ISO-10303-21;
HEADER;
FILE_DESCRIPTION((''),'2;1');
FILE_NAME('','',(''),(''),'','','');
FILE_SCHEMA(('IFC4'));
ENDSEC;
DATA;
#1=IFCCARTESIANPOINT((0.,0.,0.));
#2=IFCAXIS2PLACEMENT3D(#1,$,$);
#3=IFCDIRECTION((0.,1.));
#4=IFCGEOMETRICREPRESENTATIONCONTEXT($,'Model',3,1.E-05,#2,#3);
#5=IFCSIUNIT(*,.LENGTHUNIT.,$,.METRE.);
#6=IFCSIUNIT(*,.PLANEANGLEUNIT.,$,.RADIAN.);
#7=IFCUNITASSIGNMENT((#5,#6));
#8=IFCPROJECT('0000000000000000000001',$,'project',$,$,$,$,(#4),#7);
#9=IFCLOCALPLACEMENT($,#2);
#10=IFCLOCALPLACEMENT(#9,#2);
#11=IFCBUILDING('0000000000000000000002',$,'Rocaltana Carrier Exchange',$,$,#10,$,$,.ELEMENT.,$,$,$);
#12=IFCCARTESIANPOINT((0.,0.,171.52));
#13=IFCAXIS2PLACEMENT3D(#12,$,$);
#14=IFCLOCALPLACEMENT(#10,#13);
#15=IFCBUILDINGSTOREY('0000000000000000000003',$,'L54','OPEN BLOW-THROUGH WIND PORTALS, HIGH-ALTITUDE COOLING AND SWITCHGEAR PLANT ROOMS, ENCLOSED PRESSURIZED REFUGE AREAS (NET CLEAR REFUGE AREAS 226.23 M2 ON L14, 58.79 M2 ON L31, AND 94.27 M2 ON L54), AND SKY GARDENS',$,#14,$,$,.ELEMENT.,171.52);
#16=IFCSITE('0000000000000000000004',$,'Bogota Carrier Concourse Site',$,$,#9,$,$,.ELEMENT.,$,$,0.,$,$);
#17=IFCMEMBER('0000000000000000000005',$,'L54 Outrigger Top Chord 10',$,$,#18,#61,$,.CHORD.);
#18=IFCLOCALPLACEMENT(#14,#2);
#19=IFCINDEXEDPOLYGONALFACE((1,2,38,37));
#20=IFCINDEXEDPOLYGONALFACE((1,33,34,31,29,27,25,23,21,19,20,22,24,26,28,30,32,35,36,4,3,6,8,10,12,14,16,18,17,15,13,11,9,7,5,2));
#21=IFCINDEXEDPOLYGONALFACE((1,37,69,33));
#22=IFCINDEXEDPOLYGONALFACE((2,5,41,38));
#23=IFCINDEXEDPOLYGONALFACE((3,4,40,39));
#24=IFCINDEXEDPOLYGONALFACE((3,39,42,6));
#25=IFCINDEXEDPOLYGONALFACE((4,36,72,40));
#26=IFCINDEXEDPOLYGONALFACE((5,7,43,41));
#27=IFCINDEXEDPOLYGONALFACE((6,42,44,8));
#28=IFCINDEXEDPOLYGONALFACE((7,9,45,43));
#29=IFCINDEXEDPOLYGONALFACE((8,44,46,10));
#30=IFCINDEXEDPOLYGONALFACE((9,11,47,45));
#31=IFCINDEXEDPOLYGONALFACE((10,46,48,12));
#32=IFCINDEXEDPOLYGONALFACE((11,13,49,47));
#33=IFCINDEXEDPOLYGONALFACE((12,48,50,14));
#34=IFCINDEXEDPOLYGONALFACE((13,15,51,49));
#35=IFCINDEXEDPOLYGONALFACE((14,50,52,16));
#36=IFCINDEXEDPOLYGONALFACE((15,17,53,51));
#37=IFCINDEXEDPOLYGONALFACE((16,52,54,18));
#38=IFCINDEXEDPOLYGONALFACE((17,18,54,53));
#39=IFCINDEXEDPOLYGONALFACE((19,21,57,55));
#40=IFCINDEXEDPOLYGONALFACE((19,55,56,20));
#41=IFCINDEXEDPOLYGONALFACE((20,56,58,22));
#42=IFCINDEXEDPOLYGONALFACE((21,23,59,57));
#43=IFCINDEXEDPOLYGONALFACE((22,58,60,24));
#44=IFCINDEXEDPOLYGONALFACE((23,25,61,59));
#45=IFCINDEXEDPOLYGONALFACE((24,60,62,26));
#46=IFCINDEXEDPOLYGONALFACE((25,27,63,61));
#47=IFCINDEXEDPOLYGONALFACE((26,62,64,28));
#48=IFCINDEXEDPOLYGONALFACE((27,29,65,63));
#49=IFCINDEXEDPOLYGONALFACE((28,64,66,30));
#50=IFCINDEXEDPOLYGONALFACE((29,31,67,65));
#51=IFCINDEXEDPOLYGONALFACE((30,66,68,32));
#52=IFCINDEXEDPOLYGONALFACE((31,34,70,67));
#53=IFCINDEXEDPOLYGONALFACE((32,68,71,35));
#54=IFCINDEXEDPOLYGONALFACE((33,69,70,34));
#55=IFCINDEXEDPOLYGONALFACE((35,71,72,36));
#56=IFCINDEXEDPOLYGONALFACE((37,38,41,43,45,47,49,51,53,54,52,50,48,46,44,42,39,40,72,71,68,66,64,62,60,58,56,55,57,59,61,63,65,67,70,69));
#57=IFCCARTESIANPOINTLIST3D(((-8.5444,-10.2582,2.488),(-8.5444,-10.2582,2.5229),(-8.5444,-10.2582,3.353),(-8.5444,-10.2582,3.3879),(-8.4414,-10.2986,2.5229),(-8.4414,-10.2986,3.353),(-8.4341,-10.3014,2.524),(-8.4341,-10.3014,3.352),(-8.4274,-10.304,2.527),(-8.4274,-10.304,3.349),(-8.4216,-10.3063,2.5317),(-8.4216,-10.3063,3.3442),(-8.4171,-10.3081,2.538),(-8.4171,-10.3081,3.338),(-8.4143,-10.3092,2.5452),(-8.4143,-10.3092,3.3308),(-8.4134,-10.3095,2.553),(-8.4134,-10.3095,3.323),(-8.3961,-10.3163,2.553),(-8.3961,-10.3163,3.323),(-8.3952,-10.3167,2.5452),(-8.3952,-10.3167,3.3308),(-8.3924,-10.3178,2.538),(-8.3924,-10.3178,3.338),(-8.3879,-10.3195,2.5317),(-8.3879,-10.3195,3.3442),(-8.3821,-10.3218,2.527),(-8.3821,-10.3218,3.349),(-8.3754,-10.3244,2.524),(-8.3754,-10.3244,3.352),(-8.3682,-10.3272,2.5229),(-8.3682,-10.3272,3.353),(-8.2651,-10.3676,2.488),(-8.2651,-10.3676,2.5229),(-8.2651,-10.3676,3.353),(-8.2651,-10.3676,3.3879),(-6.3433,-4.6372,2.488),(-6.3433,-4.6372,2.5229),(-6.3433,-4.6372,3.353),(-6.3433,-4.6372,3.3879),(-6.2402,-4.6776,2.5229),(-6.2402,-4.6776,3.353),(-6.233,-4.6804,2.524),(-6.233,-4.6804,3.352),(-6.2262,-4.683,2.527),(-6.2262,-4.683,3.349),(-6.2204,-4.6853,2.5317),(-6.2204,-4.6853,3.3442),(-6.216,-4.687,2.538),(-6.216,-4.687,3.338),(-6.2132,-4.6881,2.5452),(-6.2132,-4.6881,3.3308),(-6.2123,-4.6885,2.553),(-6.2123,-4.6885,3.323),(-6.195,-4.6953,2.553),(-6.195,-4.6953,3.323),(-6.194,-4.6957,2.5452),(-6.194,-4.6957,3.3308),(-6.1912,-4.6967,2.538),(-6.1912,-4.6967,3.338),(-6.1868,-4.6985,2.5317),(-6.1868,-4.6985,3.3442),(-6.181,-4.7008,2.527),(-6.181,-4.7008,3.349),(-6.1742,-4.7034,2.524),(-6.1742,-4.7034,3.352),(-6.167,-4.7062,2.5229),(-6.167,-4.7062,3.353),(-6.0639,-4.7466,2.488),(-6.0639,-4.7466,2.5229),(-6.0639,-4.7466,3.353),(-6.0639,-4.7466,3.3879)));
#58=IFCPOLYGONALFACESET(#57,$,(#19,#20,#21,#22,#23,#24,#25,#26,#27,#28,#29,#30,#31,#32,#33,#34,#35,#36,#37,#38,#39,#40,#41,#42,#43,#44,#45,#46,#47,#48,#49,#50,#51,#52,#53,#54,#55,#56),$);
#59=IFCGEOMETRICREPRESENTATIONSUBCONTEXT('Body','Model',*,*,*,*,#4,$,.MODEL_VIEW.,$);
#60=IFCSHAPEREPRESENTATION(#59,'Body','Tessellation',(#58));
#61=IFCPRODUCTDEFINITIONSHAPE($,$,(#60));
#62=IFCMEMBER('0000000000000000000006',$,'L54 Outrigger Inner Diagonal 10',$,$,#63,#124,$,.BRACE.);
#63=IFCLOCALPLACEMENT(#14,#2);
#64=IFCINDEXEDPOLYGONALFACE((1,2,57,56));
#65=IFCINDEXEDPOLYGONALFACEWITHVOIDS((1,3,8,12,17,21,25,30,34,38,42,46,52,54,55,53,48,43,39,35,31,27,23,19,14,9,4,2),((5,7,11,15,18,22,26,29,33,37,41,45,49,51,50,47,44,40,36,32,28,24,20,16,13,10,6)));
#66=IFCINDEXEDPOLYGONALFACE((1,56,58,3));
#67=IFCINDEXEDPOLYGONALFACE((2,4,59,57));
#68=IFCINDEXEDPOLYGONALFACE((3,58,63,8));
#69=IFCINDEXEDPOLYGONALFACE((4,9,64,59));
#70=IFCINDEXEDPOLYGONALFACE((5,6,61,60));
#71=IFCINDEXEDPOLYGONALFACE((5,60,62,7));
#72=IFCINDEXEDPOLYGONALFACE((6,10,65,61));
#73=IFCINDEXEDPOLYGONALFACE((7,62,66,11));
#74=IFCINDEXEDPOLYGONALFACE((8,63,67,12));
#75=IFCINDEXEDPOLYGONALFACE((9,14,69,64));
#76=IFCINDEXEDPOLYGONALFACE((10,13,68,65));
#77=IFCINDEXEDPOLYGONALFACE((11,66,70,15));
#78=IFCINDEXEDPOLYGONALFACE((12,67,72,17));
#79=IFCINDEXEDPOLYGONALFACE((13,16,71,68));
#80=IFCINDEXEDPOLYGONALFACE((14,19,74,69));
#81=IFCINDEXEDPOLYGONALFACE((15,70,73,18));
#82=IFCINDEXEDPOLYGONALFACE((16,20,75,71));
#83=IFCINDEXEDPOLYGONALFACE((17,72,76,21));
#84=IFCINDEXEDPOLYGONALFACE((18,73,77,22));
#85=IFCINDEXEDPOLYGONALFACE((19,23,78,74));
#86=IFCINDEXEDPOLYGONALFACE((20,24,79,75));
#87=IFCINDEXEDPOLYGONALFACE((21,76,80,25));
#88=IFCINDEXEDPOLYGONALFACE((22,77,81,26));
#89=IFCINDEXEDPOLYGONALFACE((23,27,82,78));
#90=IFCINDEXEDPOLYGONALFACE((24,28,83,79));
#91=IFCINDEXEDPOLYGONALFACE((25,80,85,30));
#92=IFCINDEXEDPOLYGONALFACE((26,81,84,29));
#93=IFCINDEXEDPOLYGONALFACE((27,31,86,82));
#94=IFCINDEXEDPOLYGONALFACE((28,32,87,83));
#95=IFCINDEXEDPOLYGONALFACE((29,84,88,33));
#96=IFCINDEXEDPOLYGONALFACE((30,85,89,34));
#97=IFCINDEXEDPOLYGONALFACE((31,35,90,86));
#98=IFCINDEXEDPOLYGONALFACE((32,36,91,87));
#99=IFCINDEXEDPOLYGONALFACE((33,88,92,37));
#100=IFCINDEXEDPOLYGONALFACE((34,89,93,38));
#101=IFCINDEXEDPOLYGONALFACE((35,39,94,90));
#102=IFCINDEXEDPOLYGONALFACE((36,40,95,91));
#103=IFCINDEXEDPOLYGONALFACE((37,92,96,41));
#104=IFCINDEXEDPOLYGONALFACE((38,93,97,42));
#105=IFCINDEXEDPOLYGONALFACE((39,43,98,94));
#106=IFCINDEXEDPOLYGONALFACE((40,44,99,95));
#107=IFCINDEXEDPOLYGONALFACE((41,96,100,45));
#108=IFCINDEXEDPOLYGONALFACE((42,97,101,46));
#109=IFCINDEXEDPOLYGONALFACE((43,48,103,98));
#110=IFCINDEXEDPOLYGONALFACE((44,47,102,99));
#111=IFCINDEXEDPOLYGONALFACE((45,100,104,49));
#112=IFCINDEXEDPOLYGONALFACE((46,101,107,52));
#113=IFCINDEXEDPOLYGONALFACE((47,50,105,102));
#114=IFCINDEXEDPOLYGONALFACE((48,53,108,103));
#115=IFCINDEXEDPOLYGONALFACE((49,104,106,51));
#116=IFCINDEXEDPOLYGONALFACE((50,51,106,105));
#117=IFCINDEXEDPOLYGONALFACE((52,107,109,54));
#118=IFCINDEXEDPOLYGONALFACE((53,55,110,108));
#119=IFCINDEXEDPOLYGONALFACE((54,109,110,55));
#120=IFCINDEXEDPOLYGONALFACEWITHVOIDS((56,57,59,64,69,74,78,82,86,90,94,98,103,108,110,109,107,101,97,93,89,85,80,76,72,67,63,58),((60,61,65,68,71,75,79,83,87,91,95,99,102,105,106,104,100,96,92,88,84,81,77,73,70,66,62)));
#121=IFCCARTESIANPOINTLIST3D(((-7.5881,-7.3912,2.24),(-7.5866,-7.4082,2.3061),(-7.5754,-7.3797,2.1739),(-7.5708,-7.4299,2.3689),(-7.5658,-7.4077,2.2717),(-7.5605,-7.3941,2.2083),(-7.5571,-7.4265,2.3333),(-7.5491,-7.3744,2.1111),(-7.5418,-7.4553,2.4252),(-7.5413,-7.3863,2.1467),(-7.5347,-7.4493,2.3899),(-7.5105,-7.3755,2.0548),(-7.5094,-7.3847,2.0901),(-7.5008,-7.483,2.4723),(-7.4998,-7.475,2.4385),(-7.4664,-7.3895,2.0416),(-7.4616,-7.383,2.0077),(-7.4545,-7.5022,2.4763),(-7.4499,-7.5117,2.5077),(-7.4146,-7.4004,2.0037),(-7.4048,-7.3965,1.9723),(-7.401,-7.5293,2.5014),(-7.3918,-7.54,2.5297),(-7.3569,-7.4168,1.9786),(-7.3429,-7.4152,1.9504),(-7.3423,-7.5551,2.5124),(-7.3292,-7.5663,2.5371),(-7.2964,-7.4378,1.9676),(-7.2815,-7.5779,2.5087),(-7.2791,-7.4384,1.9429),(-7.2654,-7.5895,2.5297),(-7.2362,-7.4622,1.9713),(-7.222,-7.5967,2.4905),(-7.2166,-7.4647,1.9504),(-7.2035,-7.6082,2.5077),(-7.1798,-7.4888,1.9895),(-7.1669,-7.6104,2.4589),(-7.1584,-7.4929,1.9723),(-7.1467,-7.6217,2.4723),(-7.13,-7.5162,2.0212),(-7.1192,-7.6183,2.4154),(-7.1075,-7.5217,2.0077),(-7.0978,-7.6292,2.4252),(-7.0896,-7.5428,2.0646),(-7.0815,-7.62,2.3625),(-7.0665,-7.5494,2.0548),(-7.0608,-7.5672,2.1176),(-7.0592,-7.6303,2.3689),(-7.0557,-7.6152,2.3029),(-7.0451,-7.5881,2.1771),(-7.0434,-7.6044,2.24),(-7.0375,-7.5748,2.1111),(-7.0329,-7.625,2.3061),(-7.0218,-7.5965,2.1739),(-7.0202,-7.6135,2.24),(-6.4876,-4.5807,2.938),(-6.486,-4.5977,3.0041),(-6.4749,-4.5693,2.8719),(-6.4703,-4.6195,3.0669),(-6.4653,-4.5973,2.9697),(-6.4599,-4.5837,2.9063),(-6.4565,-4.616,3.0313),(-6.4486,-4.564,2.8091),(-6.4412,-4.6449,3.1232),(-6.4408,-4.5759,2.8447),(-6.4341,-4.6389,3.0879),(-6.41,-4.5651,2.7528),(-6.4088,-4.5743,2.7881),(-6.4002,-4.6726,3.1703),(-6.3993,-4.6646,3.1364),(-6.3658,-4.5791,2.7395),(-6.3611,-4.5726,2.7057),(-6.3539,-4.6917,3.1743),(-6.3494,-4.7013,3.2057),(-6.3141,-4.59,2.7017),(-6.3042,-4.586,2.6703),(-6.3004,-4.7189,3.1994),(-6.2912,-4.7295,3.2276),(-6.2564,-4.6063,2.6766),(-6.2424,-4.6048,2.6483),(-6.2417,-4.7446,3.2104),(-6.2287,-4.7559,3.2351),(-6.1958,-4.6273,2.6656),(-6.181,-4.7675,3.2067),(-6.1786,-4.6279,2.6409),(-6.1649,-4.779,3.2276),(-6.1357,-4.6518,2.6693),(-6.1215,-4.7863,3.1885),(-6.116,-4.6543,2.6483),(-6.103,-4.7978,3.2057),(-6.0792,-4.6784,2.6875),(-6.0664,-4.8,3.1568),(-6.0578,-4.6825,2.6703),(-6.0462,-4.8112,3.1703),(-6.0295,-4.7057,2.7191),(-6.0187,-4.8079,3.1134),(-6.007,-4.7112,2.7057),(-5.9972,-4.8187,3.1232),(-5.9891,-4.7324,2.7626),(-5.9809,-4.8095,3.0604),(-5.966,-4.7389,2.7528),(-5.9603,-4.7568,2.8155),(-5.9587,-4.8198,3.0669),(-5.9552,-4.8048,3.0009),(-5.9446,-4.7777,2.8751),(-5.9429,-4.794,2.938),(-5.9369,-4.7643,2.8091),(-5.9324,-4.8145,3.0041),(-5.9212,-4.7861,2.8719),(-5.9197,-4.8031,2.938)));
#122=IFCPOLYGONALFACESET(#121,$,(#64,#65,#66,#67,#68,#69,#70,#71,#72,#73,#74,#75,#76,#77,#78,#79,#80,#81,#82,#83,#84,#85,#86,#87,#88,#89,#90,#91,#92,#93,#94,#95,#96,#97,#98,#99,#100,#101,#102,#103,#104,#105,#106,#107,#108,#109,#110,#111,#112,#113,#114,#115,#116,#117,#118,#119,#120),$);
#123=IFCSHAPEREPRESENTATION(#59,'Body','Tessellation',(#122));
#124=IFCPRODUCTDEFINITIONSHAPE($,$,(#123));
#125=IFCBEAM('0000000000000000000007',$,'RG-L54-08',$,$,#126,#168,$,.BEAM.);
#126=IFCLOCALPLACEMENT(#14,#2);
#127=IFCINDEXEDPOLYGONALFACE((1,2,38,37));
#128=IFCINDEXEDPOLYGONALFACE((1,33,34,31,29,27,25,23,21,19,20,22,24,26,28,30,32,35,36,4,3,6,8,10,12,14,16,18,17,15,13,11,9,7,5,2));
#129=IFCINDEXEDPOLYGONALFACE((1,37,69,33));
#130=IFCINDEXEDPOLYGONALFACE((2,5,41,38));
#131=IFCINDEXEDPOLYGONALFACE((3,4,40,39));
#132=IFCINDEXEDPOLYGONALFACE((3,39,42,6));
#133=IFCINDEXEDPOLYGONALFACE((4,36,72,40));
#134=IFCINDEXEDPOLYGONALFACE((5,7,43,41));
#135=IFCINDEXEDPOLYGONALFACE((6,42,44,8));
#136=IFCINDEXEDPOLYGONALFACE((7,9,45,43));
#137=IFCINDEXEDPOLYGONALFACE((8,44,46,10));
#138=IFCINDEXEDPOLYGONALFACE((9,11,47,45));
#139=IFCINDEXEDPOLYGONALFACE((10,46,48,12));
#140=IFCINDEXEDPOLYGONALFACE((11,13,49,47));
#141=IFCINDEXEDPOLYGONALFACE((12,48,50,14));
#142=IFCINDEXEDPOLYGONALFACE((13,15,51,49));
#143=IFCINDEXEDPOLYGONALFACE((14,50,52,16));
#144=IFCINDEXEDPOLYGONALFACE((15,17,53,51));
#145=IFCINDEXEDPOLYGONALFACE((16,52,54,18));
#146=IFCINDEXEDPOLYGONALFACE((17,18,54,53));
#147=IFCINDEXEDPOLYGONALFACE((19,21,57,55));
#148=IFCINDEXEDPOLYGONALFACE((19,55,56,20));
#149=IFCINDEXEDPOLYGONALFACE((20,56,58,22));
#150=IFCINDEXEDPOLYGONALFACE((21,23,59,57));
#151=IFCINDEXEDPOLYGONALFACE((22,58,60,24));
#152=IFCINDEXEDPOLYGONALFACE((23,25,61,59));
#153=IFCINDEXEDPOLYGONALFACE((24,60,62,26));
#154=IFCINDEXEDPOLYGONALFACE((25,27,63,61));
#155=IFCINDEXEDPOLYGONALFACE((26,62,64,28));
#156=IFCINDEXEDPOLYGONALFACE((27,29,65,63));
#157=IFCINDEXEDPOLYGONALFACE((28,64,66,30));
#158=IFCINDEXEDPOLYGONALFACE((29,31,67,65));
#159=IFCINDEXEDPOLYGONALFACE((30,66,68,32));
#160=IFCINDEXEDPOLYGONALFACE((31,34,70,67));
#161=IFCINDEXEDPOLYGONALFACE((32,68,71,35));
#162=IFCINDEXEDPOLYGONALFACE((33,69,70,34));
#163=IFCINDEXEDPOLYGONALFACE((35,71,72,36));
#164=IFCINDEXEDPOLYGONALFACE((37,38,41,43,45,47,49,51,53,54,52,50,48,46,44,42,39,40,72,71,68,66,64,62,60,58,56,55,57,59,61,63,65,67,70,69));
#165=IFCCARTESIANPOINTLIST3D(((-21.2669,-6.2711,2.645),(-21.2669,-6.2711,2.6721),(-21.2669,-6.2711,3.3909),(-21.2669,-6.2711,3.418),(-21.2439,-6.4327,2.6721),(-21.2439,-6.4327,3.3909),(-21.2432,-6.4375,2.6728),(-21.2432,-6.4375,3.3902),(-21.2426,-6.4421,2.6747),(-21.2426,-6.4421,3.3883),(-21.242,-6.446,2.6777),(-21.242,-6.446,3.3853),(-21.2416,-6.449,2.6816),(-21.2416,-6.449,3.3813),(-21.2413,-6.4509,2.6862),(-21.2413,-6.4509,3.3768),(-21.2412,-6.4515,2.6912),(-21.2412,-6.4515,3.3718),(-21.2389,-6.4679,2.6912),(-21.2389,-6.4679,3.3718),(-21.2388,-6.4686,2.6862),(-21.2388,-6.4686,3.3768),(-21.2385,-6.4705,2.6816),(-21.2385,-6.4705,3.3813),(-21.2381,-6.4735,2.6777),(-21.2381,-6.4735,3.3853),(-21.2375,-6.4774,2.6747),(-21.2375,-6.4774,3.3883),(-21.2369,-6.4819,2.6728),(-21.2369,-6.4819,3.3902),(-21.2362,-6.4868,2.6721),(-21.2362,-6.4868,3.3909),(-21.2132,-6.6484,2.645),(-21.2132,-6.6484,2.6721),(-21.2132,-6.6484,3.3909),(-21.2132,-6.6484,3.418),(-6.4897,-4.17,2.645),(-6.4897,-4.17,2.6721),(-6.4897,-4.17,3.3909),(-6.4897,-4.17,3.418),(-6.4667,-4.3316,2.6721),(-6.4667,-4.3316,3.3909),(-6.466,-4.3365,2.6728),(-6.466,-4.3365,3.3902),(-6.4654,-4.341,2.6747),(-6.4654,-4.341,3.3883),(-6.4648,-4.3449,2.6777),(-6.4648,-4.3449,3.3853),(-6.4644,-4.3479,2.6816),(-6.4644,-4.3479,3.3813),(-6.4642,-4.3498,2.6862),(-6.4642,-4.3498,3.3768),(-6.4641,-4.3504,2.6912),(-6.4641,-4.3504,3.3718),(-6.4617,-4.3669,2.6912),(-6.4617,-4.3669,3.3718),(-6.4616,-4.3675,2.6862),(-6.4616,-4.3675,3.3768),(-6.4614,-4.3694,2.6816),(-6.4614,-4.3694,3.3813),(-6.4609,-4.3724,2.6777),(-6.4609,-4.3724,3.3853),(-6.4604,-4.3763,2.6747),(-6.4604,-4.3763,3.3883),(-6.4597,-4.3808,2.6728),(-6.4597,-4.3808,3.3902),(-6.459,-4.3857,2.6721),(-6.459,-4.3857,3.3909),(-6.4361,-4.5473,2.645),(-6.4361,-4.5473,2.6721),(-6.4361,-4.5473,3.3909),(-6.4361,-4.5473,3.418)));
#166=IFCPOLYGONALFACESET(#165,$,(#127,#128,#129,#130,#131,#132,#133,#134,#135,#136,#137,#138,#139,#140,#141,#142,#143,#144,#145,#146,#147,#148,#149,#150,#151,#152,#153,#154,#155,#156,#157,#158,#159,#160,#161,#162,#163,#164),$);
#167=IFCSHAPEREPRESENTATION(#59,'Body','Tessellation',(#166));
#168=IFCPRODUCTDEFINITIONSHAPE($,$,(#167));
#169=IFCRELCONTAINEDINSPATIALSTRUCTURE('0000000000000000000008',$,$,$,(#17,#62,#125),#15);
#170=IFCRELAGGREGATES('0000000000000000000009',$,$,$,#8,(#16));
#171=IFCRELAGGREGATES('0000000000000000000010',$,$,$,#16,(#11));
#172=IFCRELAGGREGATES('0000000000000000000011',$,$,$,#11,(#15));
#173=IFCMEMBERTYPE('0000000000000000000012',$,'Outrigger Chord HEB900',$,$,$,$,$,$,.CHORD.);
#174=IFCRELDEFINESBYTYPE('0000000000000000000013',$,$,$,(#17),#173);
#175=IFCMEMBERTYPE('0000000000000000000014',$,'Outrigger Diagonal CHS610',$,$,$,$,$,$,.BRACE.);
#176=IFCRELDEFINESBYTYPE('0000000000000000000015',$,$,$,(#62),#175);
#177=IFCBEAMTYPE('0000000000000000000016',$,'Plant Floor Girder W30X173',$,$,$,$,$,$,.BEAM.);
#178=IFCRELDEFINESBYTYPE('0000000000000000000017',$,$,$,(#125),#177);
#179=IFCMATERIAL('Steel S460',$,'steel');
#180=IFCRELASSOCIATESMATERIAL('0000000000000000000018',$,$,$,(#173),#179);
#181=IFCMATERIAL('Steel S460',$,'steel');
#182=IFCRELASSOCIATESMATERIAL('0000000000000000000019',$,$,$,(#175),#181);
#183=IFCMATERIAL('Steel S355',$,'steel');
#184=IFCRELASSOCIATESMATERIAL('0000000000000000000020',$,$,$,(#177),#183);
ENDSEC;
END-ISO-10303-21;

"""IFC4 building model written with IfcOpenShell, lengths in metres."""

from ifc_helpers import new_model, si_unit, direction, frame, origin, origin_2d, place, context, subcontext, project, spatial, hollow_circle, i_section, extrude, material, material_profile, profile_set, type_object, element, save


model = new_model("IFC4")

# Units and contexts
model_context = context("Model", 3, precision=1e-05, world=origin(), true_north=direction((0.0, 1.0)))
body_context = subcontext(model_context, "Body", "Model", "MODEL_VIEW")
ifc_project = project(units=[si_unit("LENGTHUNIT", "METRE"), si_unit("PLANEANGLEUNIT", "RADIAN")], contexts=[model_context])

# Site, building, storey
site_placement = place(None, origin())
site = spatial("IfcSite", under=ifc_project, at=site_placement, Name="Bogota Carrier Concourse Site", CompositionType="ELEMENT", RefElevation=0.0)
building_placement = place(site_placement, origin())
building = spatial("IfcBuilding", under=site, at=building_placement, Name="Rocaltana Carrier Exchange", CompositionType="ELEMENT")
storey_placement = place(building_placement, frame((0.0, 0.0, 171.52)))
storey = spatial("IfcBuildingStorey", under=building, at=storey_placement, Name="L54", Description="OPEN BLOW-THROUGH WIND PORTALS, HIGH-ALTITUDE COOLING AND SWITCHGEAR PLANT ROOMS, ENCLOSED PRESSURIZED REFUGE AREAS (NET CLEAR REFUGE AREAS 226.23 M2 ON L14, 58.79 M2 ON L31, AND 94.27 M2 ON L54), AND SKY GARDENS", CompositionType="ELEMENT", Elevation=171.52)

# Members
ifc_material_1 = material(Name="Steel S460", Category="steel")
ifc_material_profile_1 = material_profile(ifc_material_1, i_section(OverallWidth=0.3, OverallDepth=0.8999, WebThickness=0.0186, FlangeThickness=0.0349, FilletRadius=0.03, at=origin_2d()), Name="HEB900")
ifc_profile_set_1 = profile_set([ifc_material_profile_1], Name="Steel S460")
member_type_1 = type_object("IfcMemberType", Name="Outrigger Chord HEB900", PredefinedType="CHORD", material=ifc_profile_set_1)
for number, where, z_axis, x_axis, name in (
    (1, (-6.2036, -4.6919, 2.938), (-0.364631, -0.931152, 0.0), (0.931152, -0.364631, 0.0), "L54 Outrigger Top Chord 10"),
):
    element("IfcMember", number, at=place(storey_placement, frame(where, z_axis=z_axis, x_axis=x_axis)), inside=storey, type_object=member_type_1, Name=name, PredefinedType="CHORD", context=body_context, shape_type="SweptSolid", body=[
        extrude(i_section(OverallWidth=0.3, OverallDepth=0.8999, WebThickness=0.0186, FlangeThickness=0.0349, FilletRadius=0.03, at=origin_2d()), origin(), (0.0, 0.0, 1.0), 6.0366),
    ])
ifc_material_2 = material(Name="Steel S460", Category="steel")
ifc_material_profile_2 = material_profile(ifc_material_2, hollow_circle(Radius=0.3049, WallThickness=0.0249, at=origin_2d()), Name="CHS610X25")
ifc_profile_set_2 = profile_set([ifc_material_profile_2], Name="Steel S460")
member_type_2 = type_object("IfcMemberType", Name="Outrigger Diagonal CHS610", PredefinedType="BRACE", material=ifc_profile_set_2)
member_placement = place(storey_placement, frame((-6.2036, -4.6919, 2.938), z_axis=(-0.355256, -0.90721, -0.225305), x_axis=(0.931152, -0.364631, 0.0)))
element("IfcMember", 2, at=member_placement, inside=storey, type_object=member_type_2, Name="L54 Outrigger Inner Diagonal 10", PredefinedType="BRACE", context=body_context, shape_type="SweptSolid", body=[
    extrude(hollow_circle(Radius=0.3049, WallThickness=0.0249, at=origin_2d()), origin(), (0.0, 0.0, 1.0), 3.0979),
])

# Beam
ifc_material_3 = material(Name="Steel S355", Category="steel")
ifc_material_profile_3 = material_profile(ifc_material_3, i_section(OverallWidth=0.3811, OverallDepth=0.7729, WebThickness=0.0166, FlangeThickness=0.0271, FilletRadius=0.019, at=origin_2d()), Name="W30X173")
ifc_profile_set_3 = profile_set([ifc_material_profile_3], Name="Steel S355")
beam_type_1 = type_object("IfcBeamType", Name="Plant Floor Girder W30X173", PredefinedType="BEAM", material=ifc_profile_set_3)
beam_1_placement = place(storey_placement, frame((-6.4629, -4.3586, 3.0315), z_axis=(-0.990043, -0.140769, 0.0), x_axis=(0.140769, -0.990043, 0.0)))
element("IfcBeam", 3, at=beam_1_placement, inside=storey, type_object=beam_type_1, Name="RG-L54-08", PredefinedType="BEAM", context=body_context, shape_type="SweptSolid", body=[
    extrude(i_section(OverallWidth=0.3811, OverallDepth=0.7729, WebThickness=0.0166, FlangeThickness=0.0271, FilletRadius=0.019, at=origin_2d()), origin(), (0.0, 0.0, 1.0), 14.9258),
])

save(model, "model.ifc")
